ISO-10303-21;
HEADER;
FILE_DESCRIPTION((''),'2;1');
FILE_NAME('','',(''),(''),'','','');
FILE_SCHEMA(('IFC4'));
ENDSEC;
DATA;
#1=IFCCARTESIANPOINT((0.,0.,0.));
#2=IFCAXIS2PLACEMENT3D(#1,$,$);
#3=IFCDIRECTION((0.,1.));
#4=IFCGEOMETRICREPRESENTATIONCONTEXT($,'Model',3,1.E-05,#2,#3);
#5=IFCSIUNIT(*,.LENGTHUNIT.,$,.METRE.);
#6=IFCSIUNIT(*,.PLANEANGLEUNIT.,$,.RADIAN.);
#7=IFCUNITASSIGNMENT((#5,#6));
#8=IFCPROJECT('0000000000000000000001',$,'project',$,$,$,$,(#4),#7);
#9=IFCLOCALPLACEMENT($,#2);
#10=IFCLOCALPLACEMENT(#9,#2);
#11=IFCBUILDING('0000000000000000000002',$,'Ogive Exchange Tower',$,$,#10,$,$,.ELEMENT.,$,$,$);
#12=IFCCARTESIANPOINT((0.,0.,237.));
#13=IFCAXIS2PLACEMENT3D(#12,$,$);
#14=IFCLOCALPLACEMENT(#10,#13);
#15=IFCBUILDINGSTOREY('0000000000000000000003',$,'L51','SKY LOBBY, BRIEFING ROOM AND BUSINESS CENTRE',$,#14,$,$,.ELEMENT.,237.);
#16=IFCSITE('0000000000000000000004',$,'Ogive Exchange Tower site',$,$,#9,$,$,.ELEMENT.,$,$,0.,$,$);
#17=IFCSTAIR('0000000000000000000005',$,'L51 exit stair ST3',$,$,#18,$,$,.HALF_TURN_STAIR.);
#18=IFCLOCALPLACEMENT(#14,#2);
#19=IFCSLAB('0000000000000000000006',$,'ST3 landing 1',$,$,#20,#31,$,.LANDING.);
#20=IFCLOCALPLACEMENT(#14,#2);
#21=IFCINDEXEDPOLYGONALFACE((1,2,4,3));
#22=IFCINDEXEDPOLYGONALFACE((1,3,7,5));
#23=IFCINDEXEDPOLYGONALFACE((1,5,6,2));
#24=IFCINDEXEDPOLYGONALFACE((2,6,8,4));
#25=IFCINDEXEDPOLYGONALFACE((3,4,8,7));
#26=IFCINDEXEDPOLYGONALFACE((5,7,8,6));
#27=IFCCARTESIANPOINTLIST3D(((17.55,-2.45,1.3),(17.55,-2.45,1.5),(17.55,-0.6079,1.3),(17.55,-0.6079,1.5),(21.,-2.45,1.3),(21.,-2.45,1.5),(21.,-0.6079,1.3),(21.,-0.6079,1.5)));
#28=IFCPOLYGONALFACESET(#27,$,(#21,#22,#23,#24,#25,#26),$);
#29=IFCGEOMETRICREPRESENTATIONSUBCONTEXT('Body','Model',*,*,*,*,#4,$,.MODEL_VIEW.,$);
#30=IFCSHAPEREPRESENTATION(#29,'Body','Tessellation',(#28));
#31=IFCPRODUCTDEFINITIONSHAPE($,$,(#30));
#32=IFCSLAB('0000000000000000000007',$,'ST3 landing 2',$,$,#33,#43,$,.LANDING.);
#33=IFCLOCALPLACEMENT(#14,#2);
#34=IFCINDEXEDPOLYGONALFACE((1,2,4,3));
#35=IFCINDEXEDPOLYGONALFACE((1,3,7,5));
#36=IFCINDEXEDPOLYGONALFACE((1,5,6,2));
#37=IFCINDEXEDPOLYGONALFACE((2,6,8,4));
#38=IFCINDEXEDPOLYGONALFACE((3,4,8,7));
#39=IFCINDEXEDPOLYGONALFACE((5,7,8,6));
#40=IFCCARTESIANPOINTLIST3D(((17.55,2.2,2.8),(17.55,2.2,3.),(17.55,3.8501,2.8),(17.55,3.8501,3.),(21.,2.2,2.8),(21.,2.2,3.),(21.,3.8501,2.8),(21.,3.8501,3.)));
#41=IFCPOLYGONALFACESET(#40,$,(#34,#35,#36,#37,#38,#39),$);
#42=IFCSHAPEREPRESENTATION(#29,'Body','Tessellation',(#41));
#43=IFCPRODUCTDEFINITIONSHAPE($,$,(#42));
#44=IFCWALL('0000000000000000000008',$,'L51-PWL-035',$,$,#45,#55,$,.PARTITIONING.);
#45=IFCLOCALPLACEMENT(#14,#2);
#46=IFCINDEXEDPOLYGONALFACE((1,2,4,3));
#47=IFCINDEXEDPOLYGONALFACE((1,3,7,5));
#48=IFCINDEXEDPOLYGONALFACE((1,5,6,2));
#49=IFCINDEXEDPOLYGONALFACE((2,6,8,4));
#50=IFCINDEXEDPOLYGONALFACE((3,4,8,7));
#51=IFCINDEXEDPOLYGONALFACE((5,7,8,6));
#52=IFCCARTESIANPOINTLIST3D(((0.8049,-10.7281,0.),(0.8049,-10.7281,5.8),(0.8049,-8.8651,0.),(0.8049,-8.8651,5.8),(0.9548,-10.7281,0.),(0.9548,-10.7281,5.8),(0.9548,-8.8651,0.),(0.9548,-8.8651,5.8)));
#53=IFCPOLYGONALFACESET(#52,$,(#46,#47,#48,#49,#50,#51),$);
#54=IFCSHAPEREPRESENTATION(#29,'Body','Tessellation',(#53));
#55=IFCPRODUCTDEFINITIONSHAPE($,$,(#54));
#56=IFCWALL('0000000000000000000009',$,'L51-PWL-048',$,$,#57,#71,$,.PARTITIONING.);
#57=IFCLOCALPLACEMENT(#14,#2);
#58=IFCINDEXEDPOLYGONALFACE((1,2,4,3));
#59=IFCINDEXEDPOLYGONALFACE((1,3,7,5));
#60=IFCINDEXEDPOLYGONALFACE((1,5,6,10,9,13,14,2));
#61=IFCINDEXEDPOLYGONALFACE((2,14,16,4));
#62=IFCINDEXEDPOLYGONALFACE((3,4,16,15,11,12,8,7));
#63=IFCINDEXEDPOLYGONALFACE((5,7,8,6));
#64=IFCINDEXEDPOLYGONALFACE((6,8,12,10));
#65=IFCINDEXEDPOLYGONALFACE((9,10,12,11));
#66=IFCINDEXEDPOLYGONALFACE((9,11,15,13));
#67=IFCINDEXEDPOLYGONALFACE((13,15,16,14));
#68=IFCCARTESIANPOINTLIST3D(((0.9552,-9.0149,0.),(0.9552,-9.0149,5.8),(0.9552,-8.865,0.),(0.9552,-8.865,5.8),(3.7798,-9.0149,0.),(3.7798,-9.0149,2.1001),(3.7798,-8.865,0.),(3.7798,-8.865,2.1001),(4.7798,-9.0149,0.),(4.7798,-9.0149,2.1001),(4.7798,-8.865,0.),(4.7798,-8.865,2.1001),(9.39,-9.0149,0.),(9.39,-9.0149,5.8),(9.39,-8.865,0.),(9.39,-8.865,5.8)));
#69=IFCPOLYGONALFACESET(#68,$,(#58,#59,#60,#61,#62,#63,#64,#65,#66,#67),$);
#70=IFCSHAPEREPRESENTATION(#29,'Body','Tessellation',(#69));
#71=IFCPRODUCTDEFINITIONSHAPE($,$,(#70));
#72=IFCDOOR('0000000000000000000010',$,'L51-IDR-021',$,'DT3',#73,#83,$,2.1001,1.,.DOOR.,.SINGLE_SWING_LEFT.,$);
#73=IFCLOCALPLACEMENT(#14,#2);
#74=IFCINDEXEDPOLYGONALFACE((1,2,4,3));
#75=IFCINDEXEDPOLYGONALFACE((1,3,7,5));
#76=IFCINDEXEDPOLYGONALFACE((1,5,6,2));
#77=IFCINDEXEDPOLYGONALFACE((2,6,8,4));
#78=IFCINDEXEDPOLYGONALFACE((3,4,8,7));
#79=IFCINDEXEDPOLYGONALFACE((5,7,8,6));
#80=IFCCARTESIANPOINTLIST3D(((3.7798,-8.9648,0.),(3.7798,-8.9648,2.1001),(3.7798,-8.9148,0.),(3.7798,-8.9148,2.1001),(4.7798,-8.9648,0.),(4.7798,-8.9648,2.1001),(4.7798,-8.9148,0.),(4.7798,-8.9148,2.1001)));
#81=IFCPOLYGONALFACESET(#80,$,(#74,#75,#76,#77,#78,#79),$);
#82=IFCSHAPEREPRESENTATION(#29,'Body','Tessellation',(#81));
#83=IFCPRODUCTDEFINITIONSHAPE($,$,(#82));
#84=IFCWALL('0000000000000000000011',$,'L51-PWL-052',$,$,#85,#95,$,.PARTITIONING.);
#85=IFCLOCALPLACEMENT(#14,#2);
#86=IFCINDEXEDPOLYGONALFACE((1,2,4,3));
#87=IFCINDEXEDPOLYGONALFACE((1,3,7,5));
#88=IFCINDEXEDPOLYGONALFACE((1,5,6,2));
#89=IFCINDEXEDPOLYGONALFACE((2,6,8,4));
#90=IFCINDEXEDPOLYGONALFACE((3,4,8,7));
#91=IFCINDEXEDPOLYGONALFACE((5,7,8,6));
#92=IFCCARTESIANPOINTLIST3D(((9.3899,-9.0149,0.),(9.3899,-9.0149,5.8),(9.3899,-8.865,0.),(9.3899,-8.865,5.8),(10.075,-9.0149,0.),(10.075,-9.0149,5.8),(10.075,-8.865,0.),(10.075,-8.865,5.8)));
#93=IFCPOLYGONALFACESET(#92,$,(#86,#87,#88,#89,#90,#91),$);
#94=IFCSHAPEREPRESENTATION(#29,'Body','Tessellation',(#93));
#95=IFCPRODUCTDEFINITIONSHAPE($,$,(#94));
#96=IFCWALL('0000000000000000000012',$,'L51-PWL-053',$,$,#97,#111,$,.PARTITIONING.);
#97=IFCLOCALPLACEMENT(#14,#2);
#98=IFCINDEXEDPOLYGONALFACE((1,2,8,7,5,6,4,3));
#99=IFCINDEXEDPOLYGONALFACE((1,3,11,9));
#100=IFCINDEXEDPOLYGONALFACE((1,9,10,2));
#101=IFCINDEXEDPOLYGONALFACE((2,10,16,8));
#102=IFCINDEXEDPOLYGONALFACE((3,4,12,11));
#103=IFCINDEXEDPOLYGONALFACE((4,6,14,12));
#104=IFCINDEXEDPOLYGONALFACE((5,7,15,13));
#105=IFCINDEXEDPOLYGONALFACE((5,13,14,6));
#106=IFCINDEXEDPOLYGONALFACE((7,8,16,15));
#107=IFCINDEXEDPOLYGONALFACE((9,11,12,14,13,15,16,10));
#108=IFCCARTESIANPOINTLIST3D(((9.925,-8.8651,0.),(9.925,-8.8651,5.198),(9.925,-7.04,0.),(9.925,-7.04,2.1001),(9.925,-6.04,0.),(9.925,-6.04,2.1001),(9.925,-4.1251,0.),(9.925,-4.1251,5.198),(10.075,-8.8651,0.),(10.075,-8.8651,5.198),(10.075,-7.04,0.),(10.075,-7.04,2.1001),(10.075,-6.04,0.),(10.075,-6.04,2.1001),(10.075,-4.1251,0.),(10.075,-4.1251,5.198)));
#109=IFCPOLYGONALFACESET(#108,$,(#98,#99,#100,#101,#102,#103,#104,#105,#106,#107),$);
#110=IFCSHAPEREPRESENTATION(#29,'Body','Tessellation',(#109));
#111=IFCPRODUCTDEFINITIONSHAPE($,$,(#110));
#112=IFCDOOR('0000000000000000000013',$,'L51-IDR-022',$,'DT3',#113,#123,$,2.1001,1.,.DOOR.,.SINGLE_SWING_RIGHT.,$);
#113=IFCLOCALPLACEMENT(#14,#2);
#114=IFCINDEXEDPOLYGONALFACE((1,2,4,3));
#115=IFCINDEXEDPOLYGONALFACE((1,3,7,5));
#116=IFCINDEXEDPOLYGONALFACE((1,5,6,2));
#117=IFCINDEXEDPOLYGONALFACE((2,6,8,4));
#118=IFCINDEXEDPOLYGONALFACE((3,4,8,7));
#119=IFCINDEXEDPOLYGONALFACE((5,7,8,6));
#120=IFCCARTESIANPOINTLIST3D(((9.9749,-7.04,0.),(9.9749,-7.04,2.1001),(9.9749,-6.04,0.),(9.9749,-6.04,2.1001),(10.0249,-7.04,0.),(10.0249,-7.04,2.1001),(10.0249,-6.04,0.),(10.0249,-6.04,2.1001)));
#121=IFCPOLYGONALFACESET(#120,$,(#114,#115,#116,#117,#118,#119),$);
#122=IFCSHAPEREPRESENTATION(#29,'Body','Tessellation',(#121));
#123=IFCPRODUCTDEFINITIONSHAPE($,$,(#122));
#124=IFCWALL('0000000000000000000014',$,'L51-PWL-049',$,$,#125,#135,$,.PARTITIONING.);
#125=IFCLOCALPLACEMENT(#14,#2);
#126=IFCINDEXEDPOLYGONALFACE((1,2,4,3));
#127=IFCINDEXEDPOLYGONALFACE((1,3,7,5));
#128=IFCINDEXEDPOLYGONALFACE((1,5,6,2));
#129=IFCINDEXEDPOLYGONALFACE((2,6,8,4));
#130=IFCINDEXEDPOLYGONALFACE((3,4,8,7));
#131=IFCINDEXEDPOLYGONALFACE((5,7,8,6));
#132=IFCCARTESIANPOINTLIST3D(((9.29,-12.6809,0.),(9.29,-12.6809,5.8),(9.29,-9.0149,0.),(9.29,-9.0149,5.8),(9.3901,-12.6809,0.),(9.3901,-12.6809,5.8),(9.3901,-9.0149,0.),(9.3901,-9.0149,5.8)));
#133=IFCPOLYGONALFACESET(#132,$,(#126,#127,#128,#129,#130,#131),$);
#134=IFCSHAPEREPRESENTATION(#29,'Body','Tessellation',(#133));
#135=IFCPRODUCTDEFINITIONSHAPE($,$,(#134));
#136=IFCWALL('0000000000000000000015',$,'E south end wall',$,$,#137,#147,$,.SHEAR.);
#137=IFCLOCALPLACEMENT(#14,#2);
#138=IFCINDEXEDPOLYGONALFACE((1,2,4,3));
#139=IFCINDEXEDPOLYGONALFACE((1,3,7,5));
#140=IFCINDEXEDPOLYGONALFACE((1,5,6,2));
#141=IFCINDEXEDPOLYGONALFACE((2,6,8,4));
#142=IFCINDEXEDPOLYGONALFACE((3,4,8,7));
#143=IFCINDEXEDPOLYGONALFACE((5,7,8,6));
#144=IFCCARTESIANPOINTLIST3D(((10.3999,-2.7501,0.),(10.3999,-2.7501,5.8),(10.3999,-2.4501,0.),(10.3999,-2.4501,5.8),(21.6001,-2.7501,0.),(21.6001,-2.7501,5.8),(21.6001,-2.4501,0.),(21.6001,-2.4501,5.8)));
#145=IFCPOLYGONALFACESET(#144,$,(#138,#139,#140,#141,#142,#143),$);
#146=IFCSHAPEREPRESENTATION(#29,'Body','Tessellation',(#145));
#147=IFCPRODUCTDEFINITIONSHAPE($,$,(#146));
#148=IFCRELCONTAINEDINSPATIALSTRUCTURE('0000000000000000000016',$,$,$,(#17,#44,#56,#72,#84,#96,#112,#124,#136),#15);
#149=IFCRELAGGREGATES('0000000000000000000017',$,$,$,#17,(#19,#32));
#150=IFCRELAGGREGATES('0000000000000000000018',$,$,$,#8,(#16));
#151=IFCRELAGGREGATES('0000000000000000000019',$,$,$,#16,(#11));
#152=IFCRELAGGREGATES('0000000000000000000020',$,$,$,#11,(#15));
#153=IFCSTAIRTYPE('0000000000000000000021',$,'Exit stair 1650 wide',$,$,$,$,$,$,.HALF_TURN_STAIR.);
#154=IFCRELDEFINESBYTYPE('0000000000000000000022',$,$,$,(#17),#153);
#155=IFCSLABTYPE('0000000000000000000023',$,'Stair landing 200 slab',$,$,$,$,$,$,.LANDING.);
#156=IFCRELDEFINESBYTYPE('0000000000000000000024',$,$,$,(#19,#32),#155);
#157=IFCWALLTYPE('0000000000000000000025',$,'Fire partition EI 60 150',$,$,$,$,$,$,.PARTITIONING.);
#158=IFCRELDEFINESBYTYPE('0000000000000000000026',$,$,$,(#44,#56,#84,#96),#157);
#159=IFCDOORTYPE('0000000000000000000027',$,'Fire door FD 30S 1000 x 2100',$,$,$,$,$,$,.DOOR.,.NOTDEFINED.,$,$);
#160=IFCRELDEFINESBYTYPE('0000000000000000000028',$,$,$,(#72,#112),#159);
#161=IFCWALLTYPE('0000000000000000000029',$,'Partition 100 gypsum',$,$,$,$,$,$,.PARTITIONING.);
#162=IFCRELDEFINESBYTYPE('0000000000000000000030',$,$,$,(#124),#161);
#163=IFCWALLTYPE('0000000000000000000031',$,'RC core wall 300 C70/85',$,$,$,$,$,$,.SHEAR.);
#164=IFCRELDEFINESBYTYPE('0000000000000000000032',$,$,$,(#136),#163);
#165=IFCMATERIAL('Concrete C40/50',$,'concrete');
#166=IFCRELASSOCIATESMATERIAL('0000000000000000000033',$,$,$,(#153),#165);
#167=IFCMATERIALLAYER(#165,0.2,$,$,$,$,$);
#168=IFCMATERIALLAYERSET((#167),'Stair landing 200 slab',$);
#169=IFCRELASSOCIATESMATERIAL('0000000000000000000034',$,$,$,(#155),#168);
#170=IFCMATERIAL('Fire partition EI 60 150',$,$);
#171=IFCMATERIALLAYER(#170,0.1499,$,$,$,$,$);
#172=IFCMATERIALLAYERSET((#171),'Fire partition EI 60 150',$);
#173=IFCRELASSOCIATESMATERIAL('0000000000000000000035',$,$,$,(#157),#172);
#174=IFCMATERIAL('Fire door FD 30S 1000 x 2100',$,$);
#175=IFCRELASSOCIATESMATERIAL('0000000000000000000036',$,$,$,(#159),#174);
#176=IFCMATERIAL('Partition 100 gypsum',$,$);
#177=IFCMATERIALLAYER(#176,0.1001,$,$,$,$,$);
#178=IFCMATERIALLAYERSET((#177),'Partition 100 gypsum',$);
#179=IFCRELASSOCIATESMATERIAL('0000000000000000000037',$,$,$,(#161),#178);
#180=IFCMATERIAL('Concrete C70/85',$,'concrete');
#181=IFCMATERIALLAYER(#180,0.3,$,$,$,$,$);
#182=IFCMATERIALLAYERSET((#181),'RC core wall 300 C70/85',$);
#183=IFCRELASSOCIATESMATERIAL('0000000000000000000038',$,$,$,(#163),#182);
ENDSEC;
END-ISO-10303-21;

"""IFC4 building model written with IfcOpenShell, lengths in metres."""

from ifc_helpers import new_model, si_unit, direction, frame, frame_2d, origin, place, context, subcontext, project, spatial, polyline, rectangle, outline, extrude, material, layer, layer_set, type_object, element, fill, aggregate, save


model = new_model("IFC4")

# Units and contexts
model_context = context("Model", 3, precision=1e-05, world=origin(), true_north=direction((0.0, 1.0)))
body_context = subcontext(model_context, "Body", "Model", "MODEL_VIEW")
ifc_project = project(units=[si_unit("LENGTHUNIT", "METRE"), si_unit("PLANEANGLEUNIT", "RADIAN")], contexts=[model_context])

# Site, building, storey
site_placement = place(None, origin())
site = spatial("IfcSite", under=ifc_project, at=site_placement, Name="Ogive Exchange Tower site", CompositionType="ELEMENT", RefElevation=0.0)
building_placement = place(site_placement, origin())
building = spatial("IfcBuilding", under=site, at=building_placement, Name="Ogive Exchange Tower", CompositionType="ELEMENT")
storey_placement = place(building_placement, frame((0.0, 0.0, 237.0)))
storey = spatial("IfcBuildingStorey", under=building, at=storey_placement, Name="L51", Description="SKY LOBBY, BRIEFING ROOM AND BUSINESS CENTRE", CompositionType="ELEMENT", Elevation=237.0)

# Stair, slabs
ifc_material_1 = material(Name="Concrete C40/50", Category="concrete")
stair_type = type_object("IfcStairType", Name="Exit stair 1650 wide", PredefinedType="HALF_TURN_STAIR", material=ifc_material_1)
stair_placement = place(storey_placement, origin())
stair = element("IfcStair", 1, at=stair_placement, inside=storey, type_object=stair_type, Name="L51 exit stair ST3", PredefinedType="HALF_TURN_STAIR")
ifc_layer_1 = layer(ifc_material_1, 0.2)
ifc_layer_set_1 = layer_set([ifc_layer_1], Name="Stair landing 200 slab")
slab_type = type_object("IfcSlabType", Name="Stair landing 200 slab", PredefinedType="LANDING", material=ifc_layer_set_1)
slab_1_placement = place(storey_placement, frame((0.0, 0.0, 1.3)))
slab_1 = element("IfcSlab", 2, at=slab_1_placement, type_object=slab_type, Name="ST3 landing 1", PredefinedType="LANDING", context=body_context, shape_type="SweptSolid", body=[
    extrude(outline(polyline([(17.55, -0.6079), (17.55, -2.45), (21.0, -2.45), (21.0, -0.6079), (17.55, -0.6079)])), origin(), (0.0, 0.0, 1.0), 0.2),
])
slab_2_placement = place(storey_placement, frame((0.0, 0.0, 2.8)))
slab_2 = element("IfcSlab", 3, at=slab_2_placement, type_object=slab_type, Name="ST3 landing 2", PredefinedType="LANDING", context=body_context, shape_type="SweptSolid", body=[
    extrude(outline(polyline([(17.55, 3.8501), (17.55, 2.2), (21.0, 2.2), (21.0, 3.8501), (17.55, 3.8501)])), origin(), (0.0, 0.0, 1.0), 0.2),
])
aggregate(stair, [slab_1, slab_2])

# Wall
ifc_material_2 = material(Name="Fire partition EI 60 150")
ifc_layer_2 = layer(ifc_material_2, 0.1499)
ifc_layer_set_2 = layer_set([ifc_layer_2], Name="Fire partition EI 60 150")
wall_type_1 = type_object("IfcWallType", Name="Fire partition EI 60 150", PredefinedType="PARTITIONING", material=ifc_layer_set_2)
wall_1_placement = place(storey_placement, frame((0.8799, -8.865, 0.0), z_axis=(0.0, 0.0, 1.0), x_axis=(0.0, -1.0, 0.0)))
element("IfcWall", 4, at=wall_1_placement, inside=storey, type_object=wall_type_1, Name="L51-PWL-035", PredefinedType="PARTITIONING", context=body_context, shape_type="SweptSolid", body=[
    extrude(rectangle(XDim=1.863, YDim=0.1499, at=frame_2d((0.9316, 0.0))), origin(), (0.0, 0.0, 1.0), 5.8),
])

# Wall, opening, door
wall_2_placement = place(storey_placement, frame((9.3899, -8.9399, 0.0), z_axis=(0.0, 0.0, 1.0), x_axis=(-1.0, 0.0, 0.0)))
wall_2 = element("IfcWall", 5, at=wall_2_placement, inside=storey, type_object=wall_type_1, Name="L51-PWL-048", PredefinedType="PARTITIONING", context=body_context, shape_type="SweptSolid", body=[
    extrude(rectangle(XDim=8.4348, YDim=0.1499, at=frame_2d((4.2173, 0.0))), origin(), (0.0, 0.0, 1.0), 5.8),
])
opening_1_placement = place(wall_2_placement, frame((4.6101, 0.0, 0.0)))
opening_1 = element("IfcOpeningElement", 6, at=opening_1_placement, cuts=wall_2, PredefinedType="OPENING", context=body_context, shape_type="SweptSolid", body=[
    extrude(rectangle(XDim=1.0, YDim=2.1001, at=frame_2d((0.5, 1.05))), frame((0.0, 0.085, 0.0), z_axis=(0.0, -1.0, 0.0), x_axis=(1.0, 0.0, 0.0)), (0.0, 0.0, 1.0), 0.1699),
])
ifc_material_3 = material(Name="Fire door FD 30S 1000 x 2100")
door_type_1 = type_object("IfcDoorType", Name="Fire door FD 30S 1000 x 2100", OperationType="NOTDEFINED", PredefinedType="DOOR", material=ifc_material_3)
door_1_placement = place(opening_1_placement, origin())
door_1 = element("IfcDoor", 7, at=door_1_placement, inside=storey, type_object=door_type_1, Name="L51-IDR-021", ObjectType="DT3", OperationType="SINGLE_SWING_LEFT", OverallHeight=2.1001, OverallWidth=1.0, PredefinedType="DOOR", context=body_context, shape_type="SweptSolid", body=[
    extrude(rectangle(XDim=1.0, YDim=2.1001, at=frame_2d((0.5, 1.05))), frame((0.0, 0.0249, 0.0), z_axis=(0.0, -1.0, 0.0), x_axis=(1.0, 0.0, 0.0)), (0.0, 0.0, 1.0), 0.05),
])
fill(opening_1, door_1)

# Wall
wall_3_placement = place(storey_placement, frame((10.075, -8.9399, 0.0), z_axis=(0.0, 0.0, 1.0), x_axis=(-1.0, 0.0, 0.0)))
element("IfcWall", 8, at=wall_3_placement, inside=storey, type_object=wall_type_1, Name="L51-PWL-052", PredefinedType="PARTITIONING", context=body_context, shape_type="SweptSolid", body=[
    extrude(rectangle(XDim=0.6851, YDim=0.1499, at=frame_2d((0.3425, 0.0))), origin(), (0.0, 0.0, 1.0), 5.8),
])

# Wall, opening, door
wall_4_placement = place(storey_placement, frame((10.0, -4.125, 0.0), z_axis=(0.0, 0.0, 1.0), x_axis=(0.0, -1.0, 0.0)))
wall_4 = element("IfcWall", 9, at=wall_4_placement, inside=storey, type_object=wall_type_1, Name="L51-PWL-053", PredefinedType="PARTITIONING", context=body_context, shape_type="SweptSolid", body=[
    extrude(rectangle(XDim=4.74, YDim=0.1499, at=frame_2d((2.3701, 0.0))), origin(), (0.0, 0.0, 1.0), 5.198),
])
opening_2_placement = place(wall_4_placement, frame((1.915, 0.0, 0.0)))
opening_2 = element("IfcOpeningElement", 10, at=opening_2_placement, cuts=wall_4, PredefinedType="OPENING", context=body_context, shape_type="SweptSolid", body=[
    extrude(rectangle(XDim=1.0, YDim=2.1001, at=frame_2d((0.5, 1.05))), frame((0.0, 0.085, 0.0), z_axis=(0.0, -1.0, 0.0), x_axis=(1.0, 0.0, 0.0)), (0.0, 0.0, 1.0), 0.1699),
])
door_2_placement = place(opening_2_placement, origin())
door_2 = element("IfcDoor", 11, at=door_2_placement, inside=storey, type_object=door_type_1, Name="L51-IDR-022", ObjectType="DT3", OperationType="SINGLE_SWING_RIGHT", OverallHeight=2.1001, OverallWidth=1.0, PredefinedType="DOOR", context=body_context, shape_type="SweptSolid", body=[
    extrude(rectangle(XDim=1.0, YDim=2.1001, at=frame_2d((0.5, 1.05))), frame((0.0, 0.0249, 0.0), z_axis=(0.0, -1.0, 0.0), x_axis=(1.0, 0.0, 0.0)), (0.0, 0.0, 1.0), 0.05),
])
fill(opening_2, door_2)

# Walls
ifc_material_4 = material(Name="Partition 100 gypsum")
ifc_layer_3 = layer(ifc_material_4, 0.1001)
ifc_layer_set_3 = layer_set([ifc_layer_3], Name="Partition 100 gypsum")
wall_type_2 = type_object("IfcWallType", Name="Partition 100 gypsum", PredefinedType="PARTITIONING", material=ifc_layer_set_3)
wall_5_placement = place(storey_placement, frame((9.3401, -9.0149, 0.0), z_axis=(0.0, 0.0, 1.0), x_axis=(0.0, -1.0, 0.0)))
element("IfcWall", 12, at=wall_5_placement, inside=storey, type_object=wall_type_2, Name="L51-PWL-049", PredefinedType="PARTITIONING", context=body_context, shape_type="SweptSolid", body=[
    extrude(rectangle(XDim=3.666, YDim=0.1001, at=frame_2d((1.833, 0.0))), origin(), (0.0, 0.0, 1.0), 5.8),
])
ifc_material_5 = material(Name="Concrete C70/85", Category="concrete")
ifc_layer_4 = layer(ifc_material_5, 0.3)
ifc_layer_set_4 = layer_set([ifc_layer_4], Name="RC core wall 300 C70/85")
wall_type_3 = type_object("IfcWallType", Name="RC core wall 300 C70/85", PredefinedType="SHEAR", material=ifc_layer_set_4)
wall_6_placement = place(storey_placement, frame((10.3999, -2.6001, 0.0), z_axis=(0.0, 0.0, 1.0), x_axis=(1.0, 0.0, 0.0)))
element("IfcWall", 13, at=wall_6_placement, inside=storey, type_object=wall_type_3, Name="E south end wall", PredefinedType="SHEAR", context=body_context, shape_type="SweptSolid", body=[
    extrude(rectangle(XDim=11.2002, YDim=0.3, at=frame_2d((5.6001, 0.0))), origin(), (0.0, 0.0, 1.0), 5.8),
])

save(model, "model.ifc")
